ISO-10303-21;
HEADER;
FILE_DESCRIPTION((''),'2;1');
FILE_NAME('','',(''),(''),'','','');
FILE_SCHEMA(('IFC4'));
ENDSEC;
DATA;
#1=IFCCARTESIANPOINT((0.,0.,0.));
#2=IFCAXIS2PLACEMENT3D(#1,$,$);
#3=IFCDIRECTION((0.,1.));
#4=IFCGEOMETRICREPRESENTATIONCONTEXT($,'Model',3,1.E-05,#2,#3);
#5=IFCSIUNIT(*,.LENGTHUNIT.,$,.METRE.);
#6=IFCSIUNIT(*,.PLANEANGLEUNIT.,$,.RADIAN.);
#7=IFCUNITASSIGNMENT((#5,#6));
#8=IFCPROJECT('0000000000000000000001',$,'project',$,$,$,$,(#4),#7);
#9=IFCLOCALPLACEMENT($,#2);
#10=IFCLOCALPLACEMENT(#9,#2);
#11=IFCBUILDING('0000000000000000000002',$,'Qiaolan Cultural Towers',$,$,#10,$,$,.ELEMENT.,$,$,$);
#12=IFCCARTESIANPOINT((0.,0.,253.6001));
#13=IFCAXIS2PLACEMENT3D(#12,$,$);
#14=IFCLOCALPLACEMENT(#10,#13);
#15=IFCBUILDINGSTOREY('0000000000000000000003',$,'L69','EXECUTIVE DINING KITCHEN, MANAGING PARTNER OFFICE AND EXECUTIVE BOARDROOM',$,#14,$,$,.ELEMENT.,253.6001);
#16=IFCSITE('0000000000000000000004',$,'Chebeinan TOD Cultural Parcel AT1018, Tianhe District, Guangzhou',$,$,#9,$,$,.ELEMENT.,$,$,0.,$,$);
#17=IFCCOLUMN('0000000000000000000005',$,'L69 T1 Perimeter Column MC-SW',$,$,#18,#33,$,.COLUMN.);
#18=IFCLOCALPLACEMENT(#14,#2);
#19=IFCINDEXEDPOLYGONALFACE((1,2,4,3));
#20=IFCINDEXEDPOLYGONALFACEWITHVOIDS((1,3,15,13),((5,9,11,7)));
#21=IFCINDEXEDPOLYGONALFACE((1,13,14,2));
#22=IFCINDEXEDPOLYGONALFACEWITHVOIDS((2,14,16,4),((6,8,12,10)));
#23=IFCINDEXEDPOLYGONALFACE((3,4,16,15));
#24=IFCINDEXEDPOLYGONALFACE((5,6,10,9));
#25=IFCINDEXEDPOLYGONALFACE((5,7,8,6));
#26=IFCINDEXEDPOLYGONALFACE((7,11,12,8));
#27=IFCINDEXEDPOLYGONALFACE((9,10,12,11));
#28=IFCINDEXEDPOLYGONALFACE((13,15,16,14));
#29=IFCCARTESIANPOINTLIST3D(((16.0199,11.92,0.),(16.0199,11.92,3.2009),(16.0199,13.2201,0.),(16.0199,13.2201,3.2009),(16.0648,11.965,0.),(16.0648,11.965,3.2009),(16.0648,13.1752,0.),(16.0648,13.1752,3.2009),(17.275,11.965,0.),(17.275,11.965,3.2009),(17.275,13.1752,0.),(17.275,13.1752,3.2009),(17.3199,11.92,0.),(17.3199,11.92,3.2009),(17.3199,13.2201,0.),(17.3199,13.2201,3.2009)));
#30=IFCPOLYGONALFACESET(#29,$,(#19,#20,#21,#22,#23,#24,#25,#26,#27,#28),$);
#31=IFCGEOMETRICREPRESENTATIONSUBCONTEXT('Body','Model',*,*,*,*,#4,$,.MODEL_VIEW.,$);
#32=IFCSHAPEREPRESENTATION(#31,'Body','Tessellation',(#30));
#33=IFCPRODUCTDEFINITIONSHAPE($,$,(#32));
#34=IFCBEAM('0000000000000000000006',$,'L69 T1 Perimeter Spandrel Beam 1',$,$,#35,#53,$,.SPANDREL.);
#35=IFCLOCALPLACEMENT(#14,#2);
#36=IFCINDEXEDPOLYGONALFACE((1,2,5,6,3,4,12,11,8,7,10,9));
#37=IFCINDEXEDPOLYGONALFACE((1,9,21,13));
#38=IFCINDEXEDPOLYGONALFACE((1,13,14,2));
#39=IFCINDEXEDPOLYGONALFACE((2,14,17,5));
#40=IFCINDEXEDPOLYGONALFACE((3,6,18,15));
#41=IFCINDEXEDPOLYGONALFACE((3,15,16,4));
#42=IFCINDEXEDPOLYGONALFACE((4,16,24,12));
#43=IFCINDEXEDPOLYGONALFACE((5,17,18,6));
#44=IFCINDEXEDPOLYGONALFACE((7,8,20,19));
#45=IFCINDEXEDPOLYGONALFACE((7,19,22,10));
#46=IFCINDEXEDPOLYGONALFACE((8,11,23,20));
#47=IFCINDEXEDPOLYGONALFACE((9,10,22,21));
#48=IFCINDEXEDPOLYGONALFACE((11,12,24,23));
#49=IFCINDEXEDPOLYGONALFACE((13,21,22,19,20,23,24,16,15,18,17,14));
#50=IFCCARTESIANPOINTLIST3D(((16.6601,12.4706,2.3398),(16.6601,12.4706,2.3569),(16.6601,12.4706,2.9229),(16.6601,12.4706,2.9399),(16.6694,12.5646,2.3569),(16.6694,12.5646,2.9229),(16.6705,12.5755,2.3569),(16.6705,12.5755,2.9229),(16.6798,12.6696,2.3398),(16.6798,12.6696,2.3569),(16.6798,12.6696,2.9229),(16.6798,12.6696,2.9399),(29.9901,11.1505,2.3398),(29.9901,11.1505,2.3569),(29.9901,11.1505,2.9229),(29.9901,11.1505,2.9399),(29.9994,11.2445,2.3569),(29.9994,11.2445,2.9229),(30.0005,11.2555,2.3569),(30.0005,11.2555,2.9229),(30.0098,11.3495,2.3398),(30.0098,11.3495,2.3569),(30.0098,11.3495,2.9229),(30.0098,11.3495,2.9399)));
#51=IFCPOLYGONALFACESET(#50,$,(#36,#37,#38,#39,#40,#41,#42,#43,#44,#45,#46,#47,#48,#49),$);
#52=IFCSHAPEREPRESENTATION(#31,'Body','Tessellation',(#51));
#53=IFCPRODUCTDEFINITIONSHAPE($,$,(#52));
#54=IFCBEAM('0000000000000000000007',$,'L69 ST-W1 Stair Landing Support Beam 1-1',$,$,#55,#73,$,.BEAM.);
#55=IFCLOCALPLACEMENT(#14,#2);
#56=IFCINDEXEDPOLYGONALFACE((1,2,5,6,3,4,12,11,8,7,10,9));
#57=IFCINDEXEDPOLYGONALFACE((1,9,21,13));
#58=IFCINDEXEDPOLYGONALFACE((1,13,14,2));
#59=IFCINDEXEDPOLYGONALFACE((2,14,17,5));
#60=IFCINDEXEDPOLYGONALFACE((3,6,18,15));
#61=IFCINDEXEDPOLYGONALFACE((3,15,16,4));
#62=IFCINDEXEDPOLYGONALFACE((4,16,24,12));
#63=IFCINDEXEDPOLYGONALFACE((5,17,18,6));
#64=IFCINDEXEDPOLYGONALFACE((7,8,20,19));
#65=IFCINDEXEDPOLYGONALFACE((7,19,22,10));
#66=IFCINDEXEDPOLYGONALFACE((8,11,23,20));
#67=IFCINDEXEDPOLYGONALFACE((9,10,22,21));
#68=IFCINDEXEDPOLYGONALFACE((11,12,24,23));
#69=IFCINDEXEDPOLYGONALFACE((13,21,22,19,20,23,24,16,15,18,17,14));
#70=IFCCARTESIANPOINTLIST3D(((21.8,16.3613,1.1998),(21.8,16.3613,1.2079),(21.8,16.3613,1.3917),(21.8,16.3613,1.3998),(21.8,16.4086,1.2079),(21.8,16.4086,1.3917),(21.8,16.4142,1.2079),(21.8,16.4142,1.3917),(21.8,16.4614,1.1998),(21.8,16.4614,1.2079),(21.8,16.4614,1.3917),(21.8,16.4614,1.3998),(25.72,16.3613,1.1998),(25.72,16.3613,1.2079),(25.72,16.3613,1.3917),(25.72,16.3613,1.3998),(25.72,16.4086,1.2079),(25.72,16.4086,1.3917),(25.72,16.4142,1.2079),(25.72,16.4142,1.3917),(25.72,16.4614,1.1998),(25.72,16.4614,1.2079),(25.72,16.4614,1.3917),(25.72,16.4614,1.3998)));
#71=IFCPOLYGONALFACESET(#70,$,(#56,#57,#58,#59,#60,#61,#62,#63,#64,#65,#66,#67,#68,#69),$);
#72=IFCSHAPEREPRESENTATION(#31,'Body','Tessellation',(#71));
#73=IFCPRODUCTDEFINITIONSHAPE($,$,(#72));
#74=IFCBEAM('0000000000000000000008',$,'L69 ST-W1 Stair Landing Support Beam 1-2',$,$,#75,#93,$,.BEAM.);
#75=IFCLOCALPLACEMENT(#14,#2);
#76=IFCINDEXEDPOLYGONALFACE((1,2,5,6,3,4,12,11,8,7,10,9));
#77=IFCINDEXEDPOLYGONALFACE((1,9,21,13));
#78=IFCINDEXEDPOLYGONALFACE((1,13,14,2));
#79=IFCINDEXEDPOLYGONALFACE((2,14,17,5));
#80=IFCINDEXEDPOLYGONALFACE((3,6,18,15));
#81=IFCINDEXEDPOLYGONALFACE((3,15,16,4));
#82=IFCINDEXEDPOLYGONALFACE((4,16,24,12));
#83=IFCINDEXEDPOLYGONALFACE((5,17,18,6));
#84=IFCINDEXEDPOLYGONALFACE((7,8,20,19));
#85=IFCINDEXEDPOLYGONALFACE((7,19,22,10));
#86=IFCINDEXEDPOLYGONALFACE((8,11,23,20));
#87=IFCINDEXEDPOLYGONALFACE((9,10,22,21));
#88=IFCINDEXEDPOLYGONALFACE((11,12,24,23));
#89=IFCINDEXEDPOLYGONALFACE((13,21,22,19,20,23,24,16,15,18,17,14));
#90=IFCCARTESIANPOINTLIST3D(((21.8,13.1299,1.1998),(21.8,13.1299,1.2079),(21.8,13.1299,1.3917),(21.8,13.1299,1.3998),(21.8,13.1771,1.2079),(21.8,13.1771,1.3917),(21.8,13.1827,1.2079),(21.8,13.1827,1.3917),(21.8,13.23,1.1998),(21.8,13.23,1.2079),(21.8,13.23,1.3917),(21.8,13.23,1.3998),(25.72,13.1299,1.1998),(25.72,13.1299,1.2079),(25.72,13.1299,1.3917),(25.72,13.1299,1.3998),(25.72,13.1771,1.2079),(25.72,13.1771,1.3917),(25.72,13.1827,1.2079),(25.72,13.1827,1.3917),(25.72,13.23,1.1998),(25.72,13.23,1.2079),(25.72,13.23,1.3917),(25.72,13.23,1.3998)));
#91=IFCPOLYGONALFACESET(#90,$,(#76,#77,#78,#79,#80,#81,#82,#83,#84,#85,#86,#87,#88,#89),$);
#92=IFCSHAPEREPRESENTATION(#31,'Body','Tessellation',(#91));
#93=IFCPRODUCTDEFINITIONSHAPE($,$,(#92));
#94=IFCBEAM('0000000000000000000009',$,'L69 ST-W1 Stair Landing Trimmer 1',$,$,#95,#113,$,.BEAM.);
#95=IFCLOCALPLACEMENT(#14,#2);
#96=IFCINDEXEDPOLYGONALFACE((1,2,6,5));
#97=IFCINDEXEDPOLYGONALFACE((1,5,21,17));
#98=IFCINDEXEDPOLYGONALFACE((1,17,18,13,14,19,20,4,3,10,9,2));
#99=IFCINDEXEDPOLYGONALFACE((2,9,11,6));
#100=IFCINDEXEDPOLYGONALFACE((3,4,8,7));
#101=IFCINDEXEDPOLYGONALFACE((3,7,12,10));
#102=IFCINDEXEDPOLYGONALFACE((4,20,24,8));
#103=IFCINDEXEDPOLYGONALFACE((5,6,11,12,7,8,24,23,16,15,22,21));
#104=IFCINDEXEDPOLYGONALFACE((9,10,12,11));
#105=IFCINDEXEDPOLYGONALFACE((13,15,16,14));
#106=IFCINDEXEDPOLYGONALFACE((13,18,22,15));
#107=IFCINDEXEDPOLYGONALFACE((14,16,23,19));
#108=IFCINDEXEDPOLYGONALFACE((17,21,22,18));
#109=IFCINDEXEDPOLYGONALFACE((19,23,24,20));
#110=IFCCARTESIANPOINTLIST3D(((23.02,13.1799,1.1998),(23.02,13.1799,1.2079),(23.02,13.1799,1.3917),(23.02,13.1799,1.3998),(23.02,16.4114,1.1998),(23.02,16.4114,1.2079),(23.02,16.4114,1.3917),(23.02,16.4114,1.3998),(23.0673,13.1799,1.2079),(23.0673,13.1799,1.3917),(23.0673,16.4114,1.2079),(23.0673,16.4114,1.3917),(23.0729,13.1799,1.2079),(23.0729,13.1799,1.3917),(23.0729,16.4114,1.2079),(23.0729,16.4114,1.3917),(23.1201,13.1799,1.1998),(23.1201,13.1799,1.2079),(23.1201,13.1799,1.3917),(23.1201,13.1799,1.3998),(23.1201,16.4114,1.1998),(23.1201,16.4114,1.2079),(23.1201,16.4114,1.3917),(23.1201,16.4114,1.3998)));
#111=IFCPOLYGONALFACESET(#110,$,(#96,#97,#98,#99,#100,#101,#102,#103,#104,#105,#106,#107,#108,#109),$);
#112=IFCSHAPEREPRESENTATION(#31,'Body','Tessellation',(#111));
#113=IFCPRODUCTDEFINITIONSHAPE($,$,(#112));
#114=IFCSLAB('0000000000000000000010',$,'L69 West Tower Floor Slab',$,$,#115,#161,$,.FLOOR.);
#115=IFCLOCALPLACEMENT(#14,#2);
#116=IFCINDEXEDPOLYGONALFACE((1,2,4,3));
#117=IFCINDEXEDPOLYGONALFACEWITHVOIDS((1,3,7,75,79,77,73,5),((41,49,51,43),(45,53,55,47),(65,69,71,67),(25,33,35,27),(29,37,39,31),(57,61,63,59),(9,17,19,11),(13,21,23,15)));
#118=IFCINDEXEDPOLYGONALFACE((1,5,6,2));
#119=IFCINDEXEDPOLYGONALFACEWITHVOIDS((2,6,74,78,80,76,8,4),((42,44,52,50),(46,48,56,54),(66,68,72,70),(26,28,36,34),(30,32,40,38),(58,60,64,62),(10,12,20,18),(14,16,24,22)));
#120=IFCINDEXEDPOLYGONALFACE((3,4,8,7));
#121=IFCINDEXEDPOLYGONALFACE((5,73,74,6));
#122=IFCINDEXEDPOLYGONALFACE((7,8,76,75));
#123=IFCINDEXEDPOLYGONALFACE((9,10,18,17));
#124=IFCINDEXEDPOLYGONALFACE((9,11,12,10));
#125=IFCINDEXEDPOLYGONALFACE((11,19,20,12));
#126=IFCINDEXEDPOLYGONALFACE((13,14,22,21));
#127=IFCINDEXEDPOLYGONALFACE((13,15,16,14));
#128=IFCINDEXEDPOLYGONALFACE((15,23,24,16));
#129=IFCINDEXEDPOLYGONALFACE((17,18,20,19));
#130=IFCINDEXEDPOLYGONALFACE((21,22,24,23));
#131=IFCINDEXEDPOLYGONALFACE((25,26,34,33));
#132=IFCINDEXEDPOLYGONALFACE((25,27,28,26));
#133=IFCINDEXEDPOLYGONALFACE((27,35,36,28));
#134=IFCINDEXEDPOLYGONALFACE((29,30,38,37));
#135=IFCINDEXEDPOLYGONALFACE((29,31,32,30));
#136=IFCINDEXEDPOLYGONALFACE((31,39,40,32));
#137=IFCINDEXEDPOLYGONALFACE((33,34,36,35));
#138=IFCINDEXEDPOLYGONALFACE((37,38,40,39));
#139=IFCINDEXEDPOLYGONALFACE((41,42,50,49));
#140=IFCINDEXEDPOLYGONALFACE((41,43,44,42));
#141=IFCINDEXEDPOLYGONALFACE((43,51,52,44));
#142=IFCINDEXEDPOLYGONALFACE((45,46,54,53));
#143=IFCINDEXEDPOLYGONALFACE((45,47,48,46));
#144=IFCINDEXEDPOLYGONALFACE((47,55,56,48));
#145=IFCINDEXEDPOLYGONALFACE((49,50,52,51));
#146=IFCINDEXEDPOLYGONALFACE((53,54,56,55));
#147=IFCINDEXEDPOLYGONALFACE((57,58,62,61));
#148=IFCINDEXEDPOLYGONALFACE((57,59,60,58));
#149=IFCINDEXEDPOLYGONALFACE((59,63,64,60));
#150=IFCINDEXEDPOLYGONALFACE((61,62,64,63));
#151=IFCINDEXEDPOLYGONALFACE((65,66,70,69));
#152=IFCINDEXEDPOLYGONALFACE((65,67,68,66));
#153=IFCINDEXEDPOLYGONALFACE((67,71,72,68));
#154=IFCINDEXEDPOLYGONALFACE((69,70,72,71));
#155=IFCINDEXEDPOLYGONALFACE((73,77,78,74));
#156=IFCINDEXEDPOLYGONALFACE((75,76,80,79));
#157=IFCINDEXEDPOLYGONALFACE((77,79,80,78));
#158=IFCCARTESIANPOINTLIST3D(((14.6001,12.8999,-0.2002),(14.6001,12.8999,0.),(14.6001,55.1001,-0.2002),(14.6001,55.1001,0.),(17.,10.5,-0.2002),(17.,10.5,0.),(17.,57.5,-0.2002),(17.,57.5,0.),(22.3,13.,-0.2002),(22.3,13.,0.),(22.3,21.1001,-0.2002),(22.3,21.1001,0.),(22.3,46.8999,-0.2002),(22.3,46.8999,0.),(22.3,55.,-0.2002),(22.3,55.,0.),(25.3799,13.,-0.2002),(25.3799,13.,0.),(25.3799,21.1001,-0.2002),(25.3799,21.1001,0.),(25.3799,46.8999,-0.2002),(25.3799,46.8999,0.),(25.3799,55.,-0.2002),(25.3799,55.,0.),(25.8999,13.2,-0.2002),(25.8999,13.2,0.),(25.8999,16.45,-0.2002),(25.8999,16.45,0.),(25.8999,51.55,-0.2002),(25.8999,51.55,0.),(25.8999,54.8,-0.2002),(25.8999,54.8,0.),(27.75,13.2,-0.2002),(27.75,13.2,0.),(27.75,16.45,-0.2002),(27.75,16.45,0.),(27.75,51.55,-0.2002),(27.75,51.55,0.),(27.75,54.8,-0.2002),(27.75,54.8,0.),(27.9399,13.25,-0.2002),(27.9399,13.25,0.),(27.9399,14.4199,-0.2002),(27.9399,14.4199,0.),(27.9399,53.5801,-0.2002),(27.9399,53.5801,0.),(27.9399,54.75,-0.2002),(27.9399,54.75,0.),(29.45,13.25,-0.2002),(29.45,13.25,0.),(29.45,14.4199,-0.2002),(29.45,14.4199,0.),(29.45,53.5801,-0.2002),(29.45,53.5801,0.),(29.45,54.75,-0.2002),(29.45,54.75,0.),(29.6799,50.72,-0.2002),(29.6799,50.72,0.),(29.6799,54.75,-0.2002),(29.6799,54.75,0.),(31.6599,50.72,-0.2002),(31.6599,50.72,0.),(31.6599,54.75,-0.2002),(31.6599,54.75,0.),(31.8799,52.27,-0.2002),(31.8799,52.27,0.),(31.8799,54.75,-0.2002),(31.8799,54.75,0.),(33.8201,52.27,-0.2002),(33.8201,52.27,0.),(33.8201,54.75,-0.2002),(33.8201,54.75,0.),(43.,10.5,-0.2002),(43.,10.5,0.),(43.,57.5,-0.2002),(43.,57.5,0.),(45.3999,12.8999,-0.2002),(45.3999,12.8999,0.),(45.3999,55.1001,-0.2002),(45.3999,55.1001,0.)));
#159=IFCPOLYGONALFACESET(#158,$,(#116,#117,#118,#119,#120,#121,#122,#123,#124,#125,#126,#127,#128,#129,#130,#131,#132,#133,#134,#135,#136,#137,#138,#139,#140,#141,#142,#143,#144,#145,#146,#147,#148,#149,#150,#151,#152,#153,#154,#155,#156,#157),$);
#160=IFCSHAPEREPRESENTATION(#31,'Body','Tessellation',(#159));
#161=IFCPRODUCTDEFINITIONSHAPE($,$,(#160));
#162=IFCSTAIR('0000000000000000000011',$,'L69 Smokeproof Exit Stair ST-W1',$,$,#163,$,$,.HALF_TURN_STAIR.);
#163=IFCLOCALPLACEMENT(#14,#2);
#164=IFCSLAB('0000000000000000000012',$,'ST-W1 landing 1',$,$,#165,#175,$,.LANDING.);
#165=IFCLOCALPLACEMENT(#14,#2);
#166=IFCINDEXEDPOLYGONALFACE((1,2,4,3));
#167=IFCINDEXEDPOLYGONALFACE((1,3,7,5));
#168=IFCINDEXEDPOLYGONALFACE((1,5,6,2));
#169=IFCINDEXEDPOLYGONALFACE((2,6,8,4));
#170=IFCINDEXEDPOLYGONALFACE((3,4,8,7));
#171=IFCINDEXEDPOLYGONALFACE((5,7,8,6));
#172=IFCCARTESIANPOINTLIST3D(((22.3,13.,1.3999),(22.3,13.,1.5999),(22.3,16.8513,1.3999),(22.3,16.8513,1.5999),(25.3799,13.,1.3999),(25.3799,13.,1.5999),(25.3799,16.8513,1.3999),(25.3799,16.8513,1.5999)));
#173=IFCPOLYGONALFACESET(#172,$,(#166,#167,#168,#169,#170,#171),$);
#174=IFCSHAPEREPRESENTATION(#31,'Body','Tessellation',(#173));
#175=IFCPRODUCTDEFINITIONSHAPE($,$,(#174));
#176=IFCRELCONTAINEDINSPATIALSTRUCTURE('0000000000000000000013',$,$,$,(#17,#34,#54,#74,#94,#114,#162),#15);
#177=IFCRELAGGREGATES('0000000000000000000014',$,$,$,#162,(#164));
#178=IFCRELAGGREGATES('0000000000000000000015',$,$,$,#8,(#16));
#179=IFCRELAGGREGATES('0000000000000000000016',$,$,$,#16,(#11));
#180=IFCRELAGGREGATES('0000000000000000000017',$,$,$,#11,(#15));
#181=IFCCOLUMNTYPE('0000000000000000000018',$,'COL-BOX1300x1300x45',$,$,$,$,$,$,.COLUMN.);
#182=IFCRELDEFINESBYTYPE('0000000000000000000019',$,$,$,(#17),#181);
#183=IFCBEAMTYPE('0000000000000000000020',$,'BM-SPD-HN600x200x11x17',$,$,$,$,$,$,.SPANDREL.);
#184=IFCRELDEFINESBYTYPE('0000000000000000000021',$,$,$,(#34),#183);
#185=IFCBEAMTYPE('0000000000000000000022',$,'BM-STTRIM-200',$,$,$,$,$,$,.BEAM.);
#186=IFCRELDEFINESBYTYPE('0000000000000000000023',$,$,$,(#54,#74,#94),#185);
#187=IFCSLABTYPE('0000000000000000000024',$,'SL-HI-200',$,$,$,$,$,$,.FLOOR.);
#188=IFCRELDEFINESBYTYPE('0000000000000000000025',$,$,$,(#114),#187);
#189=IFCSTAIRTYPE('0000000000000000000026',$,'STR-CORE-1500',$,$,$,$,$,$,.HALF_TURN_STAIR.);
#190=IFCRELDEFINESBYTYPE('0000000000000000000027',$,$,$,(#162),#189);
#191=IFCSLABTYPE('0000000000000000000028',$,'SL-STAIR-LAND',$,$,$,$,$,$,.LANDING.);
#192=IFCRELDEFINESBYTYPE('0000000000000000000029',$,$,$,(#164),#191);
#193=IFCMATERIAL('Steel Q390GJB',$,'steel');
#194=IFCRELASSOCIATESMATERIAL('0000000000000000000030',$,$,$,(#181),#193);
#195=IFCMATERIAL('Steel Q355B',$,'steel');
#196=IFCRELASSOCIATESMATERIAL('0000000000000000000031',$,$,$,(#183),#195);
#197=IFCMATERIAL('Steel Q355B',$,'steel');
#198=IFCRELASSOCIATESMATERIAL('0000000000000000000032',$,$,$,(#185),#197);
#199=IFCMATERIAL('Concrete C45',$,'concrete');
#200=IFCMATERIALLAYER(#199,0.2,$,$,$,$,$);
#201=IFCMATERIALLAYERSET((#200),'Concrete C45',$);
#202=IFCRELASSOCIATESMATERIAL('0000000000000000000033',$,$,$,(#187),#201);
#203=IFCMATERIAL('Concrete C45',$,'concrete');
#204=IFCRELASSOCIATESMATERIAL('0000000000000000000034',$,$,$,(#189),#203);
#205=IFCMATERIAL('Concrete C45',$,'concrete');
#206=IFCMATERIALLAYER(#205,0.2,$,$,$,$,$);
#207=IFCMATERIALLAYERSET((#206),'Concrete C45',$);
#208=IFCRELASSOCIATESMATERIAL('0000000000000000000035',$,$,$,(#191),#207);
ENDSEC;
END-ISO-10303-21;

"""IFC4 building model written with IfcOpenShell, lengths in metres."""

from ifc_helpers import new_model, si_unit, direction, frame, origin, origin_2d, place, context, subcontext, project, spatial, polyline, hollow_rectangle, i_section, outline, extrude, material, layer, layer_set, material_profile, profile_set, type_object, element, aggregate, save


model = new_model("IFC4")

# Units and contexts
model_context = context("Model", 3, precision=1e-05, world=origin(), true_north=direction((0.0, 1.0)))
body_context = subcontext(model_context, "Body", "Model", "MODEL_VIEW")
ifc_project = project(units=[si_unit("LENGTHUNIT", "METRE"), si_unit("PLANEANGLEUNIT", "RADIAN")], contexts=[model_context])

# Site, building, storey
site_placement = place(None, origin())
site = spatial("IfcSite", under=ifc_project, at=site_placement, Name="Chebeinan TOD Cultural Parcel AT1018, Tianhe District, Guangzhou", CompositionType="ELEMENT", RefElevation=0.0)
building_placement = place(site_placement, origin())
building = spatial("IfcBuilding", under=site, at=building_placement, Name="Qiaolan Cultural Towers", CompositionType="ELEMENT")
storey_placement = place(building_placement, frame((0.0, 0.0, 253.6001)))
storey = spatial("IfcBuildingStorey", under=building, at=storey_placement, Name="L69", Description="EXECUTIVE DINING KITCHEN, MANAGING PARTNER OFFICE AND EXECUTIVE BOARDROOM", CompositionType="ELEMENT", Elevation=253.6001)

# Column
ifc_material_1 = material(Name="Steel Q390GJB", Category="steel")
ifc_material_profile_1 = material_profile(ifc_material_1, hollow_rectangle(XDim=1.3, YDim=1.3, WallThickness=0.0449, at=origin_2d()), Name="BOX1300x1300x45")
ifc_profile_set_1 = profile_set([ifc_material_profile_1], Name="Steel Q390GJB")
column_type = type_object("IfcColumnType", Name="COL-BOX1300x1300x45", PredefinedType="COLUMN", material=ifc_profile_set_1)
column_placement = place(storey_placement, frame((16.6699, 12.5701, 0.0), z_axis=(0.0, 0.0, 1.0), x_axis=(1.0, 0.0, 0.0)))
element("IfcColumn", 1, at=column_placement, inside=storey, type_object=column_type, Name="L69 T1 Perimeter Column MC-SW", PredefinedType="COLUMN", context=body_context, shape_type="SweptSolid", body=[
    extrude(hollow_rectangle(XDim=1.3, YDim=1.3, WallThickness=0.0449, at=origin_2d()), origin(), (0.0, 0.0, 1.0), 3.2009),
])

# Beams
ifc_material_2 = material(Name="Steel Q355B", Category="steel")
ifc_material_profile_2 = material_profile(ifc_material_2, i_section(OverallWidth=0.2, OverallDepth=0.6001, WebThickness=0.011, FlangeThickness=0.0171, at=origin_2d()), Name="HN600x200x11x17")
ifc_profile_set_2 = profile_set([ifc_material_profile_2], Name="Steel Q355B")
beam_type_1 = type_object("IfcBeamType", Name="BM-SPD-HN600x200x11x17", PredefinedType="SPANDREL", material=ifc_profile_set_2)
beam_1_placement = place(storey_placement, frame((16.6699, 12.5701, 2.6399), z_axis=(0.995132, -0.098547, 0.0), x_axis=(0.098547, 0.995132, 0.0)))
element("IfcBeam", 2, at=beam_1_placement, inside=storey, type_object=beam_type_1, Name="L69 T1 Perimeter Spandrel Beam 1", PredefinedType="SPANDREL", context=body_context, shape_type="SweptSolid", body=[
    extrude(i_section(OverallWidth=0.2, OverallDepth=0.6001, WebThickness=0.011, FlangeThickness=0.0171, at=origin_2d()), origin(), (0.0, 0.0, 1.0), 13.3953),
])
ifc_material_3 = material(Name="Steel Q355B", Category="steel")
ifc_material_profile_3 = material_profile(ifc_material_3, i_section(OverallWidth=0.1001, OverallDepth=0.2, WebThickness=0.0056, FlangeThickness=0.0081, at=origin_2d()), Name="HN200x100x5.5x8")
ifc_profile_set_3 = profile_set([ifc_material_profile_3], Name="Steel Q355B")
beam_type_2 = type_object("IfcBeamType", Name="BM-STTRIM-200", PredefinedType="BEAM", material=ifc_profile_set_3)
for number, where, z_axis, x_axis, name in (
    (3, (21.8, 16.4114, 1.2998), (1.0, 0.0, 0.0), (0.0, 1.0, 0.0), "L69 ST-W1 Stair Landing Support Beam 1-1"),
    (4, (21.8, 13.1799, 1.2998), (1.0, 0.0, 0.0), (0.0, 1.0, 0.0), "L69 ST-W1 Stair Landing Support Beam 1-2"),
):
    element("IfcBeam", number, at=place(storey_placement, frame(where, z_axis=z_axis, x_axis=x_axis)), inside=storey, type_object=beam_type_2, Name=name, PredefinedType="BEAM", context=body_context, shape_type="SweptSolid", body=[
        extrude(i_section(OverallWidth=0.1001, OverallDepth=0.2, WebThickness=0.0056, FlangeThickness=0.0081, at=origin_2d()), origin(), (0.0, 0.0, 1.0), 3.9199),
    ])
beam_2_placement = place(storey_placement, frame((23.0701, 16.4114, 1.2998), z_axis=(0.0, -1.0, 0.0), x_axis=(1.0, 0.0, 0.0)))
element("IfcBeam", 5, at=beam_2_placement, inside=storey, type_object=beam_type_2, Name="L69 ST-W1 Stair Landing Trimmer 1", PredefinedType="BEAM", context=body_context, shape_type="SweptSolid", body=[
    extrude(i_section(OverallWidth=0.1001, OverallDepth=0.2, WebThickness=0.0056, FlangeThickness=0.0081, at=origin_2d()), origin(), (0.0, 0.0, 1.0), 3.2314),
])

# Slab
ifc_material_4 = material(Name="Concrete C45", Category="concrete")
ifc_layer_1 = layer(ifc_material_4, 0.2)
ifc_layer_set_1 = layer_set([ifc_layer_1], Name="Concrete C45")
slab_type_1 = type_object("IfcSlabType", Name="SL-HI-200", PredefinedType="FLOOR", material=ifc_layer_set_1)
slab_1_placement = place(storey_placement, frame((0.0, 0.0, -0.2002)))
element("IfcSlab", 6, at=slab_1_placement, inside=storey, type_object=slab_type_1, Name="L69 West Tower Floor Slab", PredefinedType="FLOOR", context=body_context, shape_type="SweptSolid", body=[
    extrude(outline(polyline([(17.0, 10.5), (43.0, 10.5), (45.3999, 12.8999), (45.3999, 55.1001), (43.0, 57.5), (17.0, 57.5), (14.6001, 55.1001), (14.6001, 12.8999), (17.0, 10.5)]), holes=[polyline([(22.3, 21.1001), (22.3, 13.0), (25.3799, 13.0), (25.3799, 21.1001), (22.3, 21.1001)]), polyline([(25.3799, 46.8999), (25.3799, 55.0), (22.3, 55.0), (22.3, 46.8999), (25.3799, 46.8999)]), polyline([(25.8999, 13.2), (27.75, 13.2), (27.75, 16.45), (25.8999, 16.45), (25.8999, 13.2)]), polyline([(27.9399, 13.25), (29.45, 13.25), (29.45, 14.4199), (27.9399, 14.4199), (27.9399, 13.25)]), polyline([(25.8999, 51.55), (27.75, 51.55), (27.75, 54.8), (25.8999, 54.8), (25.8999, 51.55)]), polyline([(27.9399, 53.5801), (29.45, 53.5801), (29.45, 54.75), (27.9399, 54.75), (27.9399, 53.5801)]), polyline([(31.8799, 52.27), (33.8201, 52.27), (33.8201, 54.75), (31.8799, 54.75), (31.8799, 52.27)]), polyline([(29.6799, 50.72), (31.6599, 50.72), (31.6599, 54.75), (29.6799, 54.75), (29.6799, 50.72)])]), origin(), (0.0, 0.0, 1.0), 0.2002),
])

# Stair, slab
ifc_material_5 = material(Name="Concrete C45", Category="concrete")
stair_type = type_object("IfcStairType", Name="STR-CORE-1500", PredefinedType="HALF_TURN_STAIR", material=ifc_material_5)
stair_1_placement = place(storey_placement, origin())
stair_1 = element("IfcStair", 7, at=stair_1_placement, inside=storey, type_object=stair_type, Name="L69 Smokeproof Exit Stair ST-W1", PredefinedType="HALF_TURN_STAIR")
ifc_material_6 = material(Name="Concrete C45", Category="concrete")
ifc_layer_2 = layer(ifc_material_6, 0.2)
ifc_layer_set_2 = layer_set([ifc_layer_2], Name="Concrete C45")
slab_type_2 = type_object("IfcSlabType", Name="SL-STAIR-LAND", PredefinedType="LANDING", material=ifc_layer_set_2)
slab_2_placement = place(storey_placement, frame((0.0, 0.0, 1.3999)))
slab_2 = element("IfcSlab", 8, at=slab_2_placement, type_object=slab_type_2, Name="ST-W1 landing 1", PredefinedType="LANDING", context=body_context, shape_type="SweptSolid", body=[
    extrude(outline(polyline([(22.3, 16.8513), (22.3, 13.0), (25.3799, 13.0), (25.3799, 16.8513), (22.3, 16.8513)])), origin(), (0.0, 0.0, 1.0), 0.2),
])

aggregate(stair_1, [slab_2])

save(model, "model.ifc")
